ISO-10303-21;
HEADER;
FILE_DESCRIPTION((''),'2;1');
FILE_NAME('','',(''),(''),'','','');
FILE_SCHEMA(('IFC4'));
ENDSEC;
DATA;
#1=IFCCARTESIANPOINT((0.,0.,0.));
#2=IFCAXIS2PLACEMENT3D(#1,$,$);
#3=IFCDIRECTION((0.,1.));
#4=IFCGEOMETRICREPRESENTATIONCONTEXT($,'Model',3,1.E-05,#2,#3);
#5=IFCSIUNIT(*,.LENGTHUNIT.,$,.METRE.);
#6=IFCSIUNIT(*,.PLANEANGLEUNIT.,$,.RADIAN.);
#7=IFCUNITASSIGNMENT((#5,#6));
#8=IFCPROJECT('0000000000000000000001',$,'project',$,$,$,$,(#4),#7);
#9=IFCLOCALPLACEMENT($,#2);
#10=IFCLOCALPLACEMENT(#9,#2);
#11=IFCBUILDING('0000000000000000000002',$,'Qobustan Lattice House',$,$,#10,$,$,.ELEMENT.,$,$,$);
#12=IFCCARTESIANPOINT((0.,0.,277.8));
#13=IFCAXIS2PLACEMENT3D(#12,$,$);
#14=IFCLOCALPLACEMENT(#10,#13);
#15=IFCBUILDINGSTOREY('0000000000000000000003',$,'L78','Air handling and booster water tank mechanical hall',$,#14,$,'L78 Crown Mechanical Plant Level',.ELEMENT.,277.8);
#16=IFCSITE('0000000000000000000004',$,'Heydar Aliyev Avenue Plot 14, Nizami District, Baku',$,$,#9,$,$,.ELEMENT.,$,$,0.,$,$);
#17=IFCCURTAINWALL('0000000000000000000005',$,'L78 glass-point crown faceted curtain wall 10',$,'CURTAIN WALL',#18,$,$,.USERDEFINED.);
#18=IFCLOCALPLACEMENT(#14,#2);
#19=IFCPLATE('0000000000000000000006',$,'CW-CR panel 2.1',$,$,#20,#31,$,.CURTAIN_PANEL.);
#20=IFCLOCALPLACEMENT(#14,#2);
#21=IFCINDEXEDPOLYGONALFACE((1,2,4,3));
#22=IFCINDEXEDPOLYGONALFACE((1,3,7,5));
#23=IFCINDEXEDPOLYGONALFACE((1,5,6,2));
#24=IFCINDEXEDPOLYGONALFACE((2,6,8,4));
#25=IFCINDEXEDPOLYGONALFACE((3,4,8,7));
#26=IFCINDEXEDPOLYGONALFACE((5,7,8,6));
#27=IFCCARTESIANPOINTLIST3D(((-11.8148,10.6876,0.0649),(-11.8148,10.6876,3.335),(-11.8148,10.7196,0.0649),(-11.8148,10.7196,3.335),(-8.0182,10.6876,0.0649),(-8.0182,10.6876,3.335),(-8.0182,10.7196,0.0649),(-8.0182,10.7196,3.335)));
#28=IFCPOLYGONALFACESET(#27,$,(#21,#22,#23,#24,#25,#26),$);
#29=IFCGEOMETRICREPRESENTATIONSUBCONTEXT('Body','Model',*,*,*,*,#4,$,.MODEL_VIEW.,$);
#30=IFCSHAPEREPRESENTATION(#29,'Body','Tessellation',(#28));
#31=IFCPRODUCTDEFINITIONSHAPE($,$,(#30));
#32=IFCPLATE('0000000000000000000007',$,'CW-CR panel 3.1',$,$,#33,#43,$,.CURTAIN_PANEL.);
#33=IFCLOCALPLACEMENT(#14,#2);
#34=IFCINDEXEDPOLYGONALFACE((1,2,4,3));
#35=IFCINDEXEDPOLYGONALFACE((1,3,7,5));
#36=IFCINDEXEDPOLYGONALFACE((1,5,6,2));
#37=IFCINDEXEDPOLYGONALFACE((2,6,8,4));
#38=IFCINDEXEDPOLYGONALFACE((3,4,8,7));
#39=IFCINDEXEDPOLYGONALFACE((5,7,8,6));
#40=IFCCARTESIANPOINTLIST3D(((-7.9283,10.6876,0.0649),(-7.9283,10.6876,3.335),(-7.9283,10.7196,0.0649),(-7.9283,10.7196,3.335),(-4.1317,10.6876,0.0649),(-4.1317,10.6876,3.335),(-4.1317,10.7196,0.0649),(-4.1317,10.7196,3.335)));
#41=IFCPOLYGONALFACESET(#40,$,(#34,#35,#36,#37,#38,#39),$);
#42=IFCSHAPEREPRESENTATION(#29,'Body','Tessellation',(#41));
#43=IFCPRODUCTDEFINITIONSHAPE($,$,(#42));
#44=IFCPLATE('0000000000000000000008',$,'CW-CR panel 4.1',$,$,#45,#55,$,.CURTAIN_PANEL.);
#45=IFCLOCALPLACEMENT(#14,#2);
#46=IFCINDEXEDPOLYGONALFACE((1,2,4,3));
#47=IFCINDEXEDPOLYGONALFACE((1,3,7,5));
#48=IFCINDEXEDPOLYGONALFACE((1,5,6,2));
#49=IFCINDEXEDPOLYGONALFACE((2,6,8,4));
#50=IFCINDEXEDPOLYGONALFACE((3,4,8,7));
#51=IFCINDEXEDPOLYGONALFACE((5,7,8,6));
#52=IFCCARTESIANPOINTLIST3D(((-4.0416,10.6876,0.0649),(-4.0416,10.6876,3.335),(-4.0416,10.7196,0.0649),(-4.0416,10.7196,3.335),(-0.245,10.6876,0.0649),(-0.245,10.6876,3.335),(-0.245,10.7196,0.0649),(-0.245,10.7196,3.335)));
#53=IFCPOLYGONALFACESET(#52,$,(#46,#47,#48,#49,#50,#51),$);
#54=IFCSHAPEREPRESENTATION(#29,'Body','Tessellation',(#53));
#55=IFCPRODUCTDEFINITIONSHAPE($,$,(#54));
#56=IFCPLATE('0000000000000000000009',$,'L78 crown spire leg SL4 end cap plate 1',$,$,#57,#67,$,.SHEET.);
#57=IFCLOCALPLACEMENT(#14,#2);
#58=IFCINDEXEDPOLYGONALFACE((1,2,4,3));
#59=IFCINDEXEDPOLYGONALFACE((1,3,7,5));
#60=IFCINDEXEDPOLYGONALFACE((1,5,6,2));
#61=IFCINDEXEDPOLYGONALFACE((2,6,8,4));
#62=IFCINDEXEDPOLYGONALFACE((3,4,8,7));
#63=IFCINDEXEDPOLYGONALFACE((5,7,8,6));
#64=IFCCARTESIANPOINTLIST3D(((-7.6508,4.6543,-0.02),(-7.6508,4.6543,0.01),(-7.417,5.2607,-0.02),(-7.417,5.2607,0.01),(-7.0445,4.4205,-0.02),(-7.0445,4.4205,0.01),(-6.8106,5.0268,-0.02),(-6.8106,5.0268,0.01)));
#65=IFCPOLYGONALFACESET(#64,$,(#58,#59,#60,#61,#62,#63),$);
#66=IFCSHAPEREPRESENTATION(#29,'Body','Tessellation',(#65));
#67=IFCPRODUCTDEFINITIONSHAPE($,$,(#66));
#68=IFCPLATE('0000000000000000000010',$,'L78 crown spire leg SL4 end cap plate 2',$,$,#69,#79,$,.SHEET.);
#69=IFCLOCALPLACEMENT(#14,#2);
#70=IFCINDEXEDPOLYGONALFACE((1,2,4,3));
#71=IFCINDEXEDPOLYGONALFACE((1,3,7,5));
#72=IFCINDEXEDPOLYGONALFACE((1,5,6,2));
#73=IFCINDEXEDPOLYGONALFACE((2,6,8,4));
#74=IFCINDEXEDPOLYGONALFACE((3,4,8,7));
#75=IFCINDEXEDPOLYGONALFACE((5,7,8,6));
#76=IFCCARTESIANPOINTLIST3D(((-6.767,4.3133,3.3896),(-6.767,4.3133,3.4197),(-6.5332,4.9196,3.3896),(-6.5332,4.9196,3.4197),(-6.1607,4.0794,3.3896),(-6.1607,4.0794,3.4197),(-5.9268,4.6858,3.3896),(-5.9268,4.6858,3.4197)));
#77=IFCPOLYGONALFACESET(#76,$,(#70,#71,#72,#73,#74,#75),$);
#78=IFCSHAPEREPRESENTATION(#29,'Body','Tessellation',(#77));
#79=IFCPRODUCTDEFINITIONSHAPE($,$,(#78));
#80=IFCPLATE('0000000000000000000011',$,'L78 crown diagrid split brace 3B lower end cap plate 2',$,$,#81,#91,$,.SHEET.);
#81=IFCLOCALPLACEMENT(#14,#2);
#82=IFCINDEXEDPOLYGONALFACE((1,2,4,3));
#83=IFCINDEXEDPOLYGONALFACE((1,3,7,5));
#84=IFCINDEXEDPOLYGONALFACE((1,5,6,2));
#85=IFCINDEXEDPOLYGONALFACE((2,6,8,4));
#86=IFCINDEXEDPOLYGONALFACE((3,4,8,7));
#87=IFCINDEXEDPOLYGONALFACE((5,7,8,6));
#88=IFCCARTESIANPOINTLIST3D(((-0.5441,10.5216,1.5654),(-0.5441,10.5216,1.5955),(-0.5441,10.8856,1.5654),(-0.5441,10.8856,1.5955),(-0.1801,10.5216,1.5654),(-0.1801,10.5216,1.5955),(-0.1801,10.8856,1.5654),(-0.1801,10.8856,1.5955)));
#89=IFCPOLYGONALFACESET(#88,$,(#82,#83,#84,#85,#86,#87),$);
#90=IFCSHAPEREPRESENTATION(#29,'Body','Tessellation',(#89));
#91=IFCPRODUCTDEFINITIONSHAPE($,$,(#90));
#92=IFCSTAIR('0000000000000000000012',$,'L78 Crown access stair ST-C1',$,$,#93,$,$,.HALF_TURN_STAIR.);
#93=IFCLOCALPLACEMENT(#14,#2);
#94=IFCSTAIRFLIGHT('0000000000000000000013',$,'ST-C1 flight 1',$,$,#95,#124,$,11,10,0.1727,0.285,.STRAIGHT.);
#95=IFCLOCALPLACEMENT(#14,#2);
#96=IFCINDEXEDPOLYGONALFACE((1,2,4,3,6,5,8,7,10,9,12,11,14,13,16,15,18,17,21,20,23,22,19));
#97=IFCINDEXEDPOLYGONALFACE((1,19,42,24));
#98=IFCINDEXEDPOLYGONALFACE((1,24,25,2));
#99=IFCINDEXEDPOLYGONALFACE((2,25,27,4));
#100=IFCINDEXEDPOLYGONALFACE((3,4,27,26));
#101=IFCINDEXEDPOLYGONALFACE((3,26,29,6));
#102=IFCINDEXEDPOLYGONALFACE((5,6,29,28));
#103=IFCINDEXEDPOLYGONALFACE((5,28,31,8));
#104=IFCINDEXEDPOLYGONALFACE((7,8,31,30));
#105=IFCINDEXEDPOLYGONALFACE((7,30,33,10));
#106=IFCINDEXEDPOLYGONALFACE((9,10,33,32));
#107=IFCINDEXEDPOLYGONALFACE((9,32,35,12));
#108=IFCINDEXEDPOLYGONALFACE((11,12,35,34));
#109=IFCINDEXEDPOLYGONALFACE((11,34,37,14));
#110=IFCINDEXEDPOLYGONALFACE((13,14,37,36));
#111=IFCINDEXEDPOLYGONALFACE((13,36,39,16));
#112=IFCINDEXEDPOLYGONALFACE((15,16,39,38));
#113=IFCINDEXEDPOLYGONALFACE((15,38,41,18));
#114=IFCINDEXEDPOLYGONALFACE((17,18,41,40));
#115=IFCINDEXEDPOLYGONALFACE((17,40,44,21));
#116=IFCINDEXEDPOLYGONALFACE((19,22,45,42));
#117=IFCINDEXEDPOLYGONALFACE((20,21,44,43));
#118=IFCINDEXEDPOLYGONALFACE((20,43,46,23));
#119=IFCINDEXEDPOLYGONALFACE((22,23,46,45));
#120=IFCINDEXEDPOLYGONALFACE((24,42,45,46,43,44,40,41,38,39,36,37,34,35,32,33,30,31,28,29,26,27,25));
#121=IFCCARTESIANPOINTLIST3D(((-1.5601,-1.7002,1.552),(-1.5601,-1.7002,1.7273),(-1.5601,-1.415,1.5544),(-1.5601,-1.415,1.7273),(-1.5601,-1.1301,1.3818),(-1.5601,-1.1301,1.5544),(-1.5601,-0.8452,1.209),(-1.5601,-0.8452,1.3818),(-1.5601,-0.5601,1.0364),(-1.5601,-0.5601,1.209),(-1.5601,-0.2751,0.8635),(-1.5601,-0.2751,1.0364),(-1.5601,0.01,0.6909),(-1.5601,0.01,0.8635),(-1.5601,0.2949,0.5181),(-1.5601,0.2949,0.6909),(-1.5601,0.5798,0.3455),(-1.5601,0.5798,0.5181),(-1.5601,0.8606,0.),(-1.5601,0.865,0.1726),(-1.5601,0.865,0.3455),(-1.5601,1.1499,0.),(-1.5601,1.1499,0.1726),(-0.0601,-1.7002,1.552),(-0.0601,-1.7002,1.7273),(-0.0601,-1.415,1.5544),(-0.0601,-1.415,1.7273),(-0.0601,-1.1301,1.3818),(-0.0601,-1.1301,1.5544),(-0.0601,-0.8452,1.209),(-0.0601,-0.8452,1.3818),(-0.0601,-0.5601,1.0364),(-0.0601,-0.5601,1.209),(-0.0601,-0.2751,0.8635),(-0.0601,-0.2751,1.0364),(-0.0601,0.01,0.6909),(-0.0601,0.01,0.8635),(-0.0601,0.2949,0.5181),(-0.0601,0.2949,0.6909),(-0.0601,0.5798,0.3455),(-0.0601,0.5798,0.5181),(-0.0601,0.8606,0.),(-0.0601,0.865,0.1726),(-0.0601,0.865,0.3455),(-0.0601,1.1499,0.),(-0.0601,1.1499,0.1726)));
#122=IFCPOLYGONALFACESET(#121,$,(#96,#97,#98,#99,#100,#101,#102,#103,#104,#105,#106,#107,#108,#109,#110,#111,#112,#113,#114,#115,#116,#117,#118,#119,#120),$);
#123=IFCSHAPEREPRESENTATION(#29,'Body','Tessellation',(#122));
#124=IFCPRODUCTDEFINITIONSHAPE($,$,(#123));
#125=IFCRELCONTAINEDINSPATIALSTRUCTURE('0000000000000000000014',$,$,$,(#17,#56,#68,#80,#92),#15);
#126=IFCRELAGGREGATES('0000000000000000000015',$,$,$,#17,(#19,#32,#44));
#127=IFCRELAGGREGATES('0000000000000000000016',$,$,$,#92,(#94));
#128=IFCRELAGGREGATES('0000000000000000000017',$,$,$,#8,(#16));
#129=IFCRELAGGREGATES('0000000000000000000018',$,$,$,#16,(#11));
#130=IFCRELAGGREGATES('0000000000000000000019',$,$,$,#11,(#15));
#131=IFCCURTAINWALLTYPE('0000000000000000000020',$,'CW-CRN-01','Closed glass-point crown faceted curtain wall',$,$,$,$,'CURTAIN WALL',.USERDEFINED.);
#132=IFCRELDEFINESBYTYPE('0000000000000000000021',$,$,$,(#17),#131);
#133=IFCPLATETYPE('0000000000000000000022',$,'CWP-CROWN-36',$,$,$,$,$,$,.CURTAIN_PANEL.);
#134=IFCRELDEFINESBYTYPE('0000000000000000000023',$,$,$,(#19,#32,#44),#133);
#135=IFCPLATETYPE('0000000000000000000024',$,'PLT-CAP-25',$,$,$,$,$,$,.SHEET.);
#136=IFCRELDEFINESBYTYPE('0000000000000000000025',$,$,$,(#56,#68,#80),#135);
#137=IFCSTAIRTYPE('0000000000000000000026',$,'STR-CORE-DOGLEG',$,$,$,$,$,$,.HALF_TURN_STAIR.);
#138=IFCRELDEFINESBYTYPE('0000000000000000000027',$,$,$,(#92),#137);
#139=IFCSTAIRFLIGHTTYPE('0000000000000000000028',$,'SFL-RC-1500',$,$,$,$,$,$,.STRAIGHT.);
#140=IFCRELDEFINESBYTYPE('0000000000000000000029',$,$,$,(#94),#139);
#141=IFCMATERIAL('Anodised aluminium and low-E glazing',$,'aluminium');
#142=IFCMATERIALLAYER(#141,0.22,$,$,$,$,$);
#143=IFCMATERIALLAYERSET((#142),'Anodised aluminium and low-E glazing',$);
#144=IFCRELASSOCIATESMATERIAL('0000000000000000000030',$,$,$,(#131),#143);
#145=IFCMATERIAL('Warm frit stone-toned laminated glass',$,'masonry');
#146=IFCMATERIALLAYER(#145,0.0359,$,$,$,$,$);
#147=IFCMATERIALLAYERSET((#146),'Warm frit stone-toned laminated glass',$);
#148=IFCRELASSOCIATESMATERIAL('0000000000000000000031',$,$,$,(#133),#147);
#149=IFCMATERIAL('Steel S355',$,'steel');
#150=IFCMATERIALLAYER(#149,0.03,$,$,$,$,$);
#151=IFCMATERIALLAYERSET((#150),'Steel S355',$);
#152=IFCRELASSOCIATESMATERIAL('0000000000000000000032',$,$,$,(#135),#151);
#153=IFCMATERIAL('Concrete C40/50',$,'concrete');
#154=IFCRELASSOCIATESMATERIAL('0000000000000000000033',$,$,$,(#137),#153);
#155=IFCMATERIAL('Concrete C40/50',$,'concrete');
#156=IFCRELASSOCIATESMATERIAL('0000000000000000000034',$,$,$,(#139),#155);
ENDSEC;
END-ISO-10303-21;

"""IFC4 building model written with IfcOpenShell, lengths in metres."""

from ifc_helpers import new_model, si_unit, direction, frame, origin, origin_2d, place, context, subcontext, project, spatial, polyline, rectangle, outline, extrude, material, layer, layer_set, type_object, element, aggregate, save


model = new_model("IFC4")

# Units and contexts
model_context = context("Model", 3, precision=1e-05, world=origin(), true_north=direction((0.0, 1.0)))
body_context = subcontext(model_context, "Body", "Model", "MODEL_VIEW")
ifc_project = project(units=[si_unit("LENGTHUNIT", "METRE"), si_unit("PLANEANGLEUNIT", "RADIAN")], contexts=[model_context])

# Site, building, storey
site_placement = place(None, origin())
site = spatial("IfcSite", under=ifc_project, at=site_placement, Name="Heydar Aliyev Avenue Plot 14, Nizami District, Baku", CompositionType="ELEMENT", RefElevation=0.0)
building_placement = place(site_placement, origin())
building = spatial("IfcBuilding", under=site, at=building_placement, Name="Qobustan Lattice House", CompositionType="ELEMENT")
storey_placement = place(building_placement, frame((0.0, 0.0, 277.8)))
storey = spatial("IfcBuildingStorey", under=building, at=storey_placement, Name="L78", Description="Air handling and booster water tank mechanical hall", LongName="L78 Crown Mechanical Plant Level", CompositionType="ELEMENT", Elevation=277.8)

# Curtain wall
ifc_material_1 = material(Name="Anodised aluminium and low-E glazing", Category="aluminium")
ifc_layer_1 = layer(ifc_material_1, 0.22)
ifc_layer_set_1 = layer_set([ifc_layer_1], Name="Anodised aluminium and low-E glazing")
curtain_wall_type = type_object("IfcCurtainWallType", Name="CW-CRN-01", Description="Closed glass-point crown faceted curtain wall", ElementType="CURTAIN WALL", PredefinedType="USERDEFINED", material=ifc_layer_set_1)
curtain_wall_placement = place(storey_placement, origin())
curtain_wall = element("IfcCurtainWall", 1, at=curtain_wall_placement, inside=storey, type_object=curtain_wall_type, Name="L78 glass-point crown faceted curtain wall 10", ObjectType="CURTAIN WALL", PredefinedType="USERDEFINED")

# Plates
ifc_material_2 = material(Name="Warm frit stone-toned laminated glass", Category="masonry")
ifc_layer_2 = layer(ifc_material_2, 0.0359)
ifc_layer_set_2 = layer_set([ifc_layer_2], Name="Warm frit stone-toned laminated glass")
plate_type_1 = type_object("IfcPlateType", Name="CWP-CROWN-36", PredefinedType="CURTAIN_PANEL", material=ifc_layer_set_2)
plate_1_placement = place(storey_placement, frame((-9.9165, 10.7036, 0.0649), z_axis=(0.0, 0.0, 1.0), x_axis=(1.0, 0.0, 0.0)))
plate_1 = element("IfcPlate", 2, at=plate_1_placement, type_object=plate_type_1, Name="CW-CR panel 2.1", PredefinedType="CURTAIN_PANEL", context=body_context, shape_type="SweptSolid", body=[
    extrude(rectangle(XDim=3.7966, YDim=0.032, at=origin_2d()), origin(), (0.0, 0.0, 1.0), 3.27),
])
plate_2_placement = place(storey_placement, frame((-6.03, 10.7036, 0.0649), z_axis=(0.0, 0.0, 1.0), x_axis=(1.0, 0.0, 0.0)))
plate_2 = element("IfcPlate", 3, at=plate_2_placement, type_object=plate_type_1, Name="CW-CR panel 3.1", PredefinedType="CURTAIN_PANEL", context=body_context, shape_type="SweptSolid", body=[
    extrude(rectangle(XDim=3.7966, YDim=0.032, at=origin_2d()), origin(), (0.0, 0.0, 1.0), 3.27),
])
plate_3_placement = place(storey_placement, frame((-2.1433, 10.7036, 0.0649), z_axis=(0.0, 0.0, 1.0), x_axis=(1.0, 0.0, 0.0)))
plate_3 = element("IfcPlate", 4, at=plate_3_placement, type_object=plate_type_1, Name="CW-CR panel 4.1", PredefinedType="CURTAIN_PANEL", context=body_context, shape_type="SweptSolid", body=[
    extrude(rectangle(XDim=3.7966, YDim=0.032, at=origin_2d()), origin(), (0.0, 0.0, 1.0), 3.27),
])
aggregate(curtain_wall, [plate_1, plate_2, plate_3])

# Plates
ifc_material_3 = material(Name="Steel S355", Category="steel")
ifc_layer_3 = layer(ifc_material_3, 0.03)
ifc_layer_set_3 = layer_set([ifc_layer_3], Name="Steel S355")
plate_type_2 = type_object("IfcPlateType", Name="PLT-CAP-25", PredefinedType="SHEET", material=ifc_layer_set_3)
for number, where, z_axis, x_axis, name in (
    (5, (-7.2307, 4.8406, -0.02), (0.0, 0.0, 1.0), (0.933004, -0.359867, 0.0), "L78 crown spire leg SL4 end cap plate 1"),
    (6, (-6.3469, 4.4995, 3.3896), (0.0, 0.0, 1.0), (0.933004, -0.359867, 0.0), "L78 crown spire leg SL4 end cap plate 2"),
):
    element("IfcPlate", number, at=place(storey_placement, frame(where, z_axis=z_axis, x_axis=x_axis)), inside=storey, type_object=plate_type_2, Name=name, PredefinedType="SHEET", context=body_context, shape_type="SweptSolid", body=[
        extrude(rectangle(XDim=0.6499, YDim=0.6499, at=origin_2d()), origin(), (0.0, 0.0, 1.0), 0.03),
    ])
plate_4_placement = place(storey_placement, frame((-0.3621, 10.7036, 1.5654), z_axis=(0.0, 0.0, 1.0), x_axis=(1.0, 0.0, 0.0)))
element("IfcPlate", 7, at=plate_4_placement, inside=storey, type_object=plate_type_2, Name="L78 crown diagrid split brace 3B lower end cap plate 2", PredefinedType="SHEET", context=body_context, shape_type="SweptSolid", body=[
    extrude(rectangle(XDim=0.364, YDim=0.364, at=origin_2d()), origin(), (0.0, 0.0, 1.0), 0.03),
])

# Stair, stair flight
ifc_material_4 = material(Name="Concrete C40/50", Category="concrete")
stair_type = type_object("IfcStairType", Name="STR-CORE-DOGLEG", PredefinedType="HALF_TURN_STAIR", material=ifc_material_4)
stair_placement = place(storey_placement, origin())
stair = element("IfcStair", 8, at=stair_placement, inside=storey, type_object=stair_type, Name="L78 Crown access stair ST-C1", PredefinedType="HALF_TURN_STAIR")
ifc_material_5 = material(Name="Concrete C40/50", Category="concrete")
stair_flight_type = type_object("IfcStairFlightType", Name="SFL-RC-1500", PredefinedType="STRAIGHT", material=ifc_material_5)
stair_flight_placement = place(storey_placement, frame((-0.8101, 1.1499, 0.0), z_axis=(0.0, 0.0, 1.0), x_axis=(0.0, -1.0, 0.0)))
stair_flight = element("IfcStairFlight", 9, at=stair_flight_placement, type_object=stair_flight_type, Name="ST-C1 flight 1", NumberOfRisers=11, NumberOfTreads=10, PredefinedType="STRAIGHT", RiserHeight=0.1727, TreadLength=0.285, context=body_context, shape_type="SweptSolid", body=[
    extrude(outline(polyline([(0.0, 0.0), (0.0, 0.1726), (0.2849, 0.1726), (0.2849, 0.3455), (0.5701, 0.3455), (0.5701, 0.5181), (0.855, 0.5181), (0.855, 0.6909), (1.1399, 0.6909), (1.1399, 0.8635), (1.425, 0.8635), (1.425, 1.0364), (1.71, 1.0364), (1.71, 1.209), (1.9951, 1.209), (1.9951, 1.3818), (2.28, 1.3818), (2.28, 1.5544), (2.5649, 1.5544), (2.5649, 1.7273), (2.8501, 1.7273), (2.8501, 1.8999), (2.8501, 1.552), (0.2893, 0.0), (0.0, 0.0)])), frame((0.0, 0.75, 0.0), z_axis=(0.0, -1.0, 0.0), x_axis=(1.0, 0.0, 0.0)), (0.0, 0.0, 1.0), 1.5),
])
aggregate(stair, [stair_flight])

save(model, "model.ifc")
